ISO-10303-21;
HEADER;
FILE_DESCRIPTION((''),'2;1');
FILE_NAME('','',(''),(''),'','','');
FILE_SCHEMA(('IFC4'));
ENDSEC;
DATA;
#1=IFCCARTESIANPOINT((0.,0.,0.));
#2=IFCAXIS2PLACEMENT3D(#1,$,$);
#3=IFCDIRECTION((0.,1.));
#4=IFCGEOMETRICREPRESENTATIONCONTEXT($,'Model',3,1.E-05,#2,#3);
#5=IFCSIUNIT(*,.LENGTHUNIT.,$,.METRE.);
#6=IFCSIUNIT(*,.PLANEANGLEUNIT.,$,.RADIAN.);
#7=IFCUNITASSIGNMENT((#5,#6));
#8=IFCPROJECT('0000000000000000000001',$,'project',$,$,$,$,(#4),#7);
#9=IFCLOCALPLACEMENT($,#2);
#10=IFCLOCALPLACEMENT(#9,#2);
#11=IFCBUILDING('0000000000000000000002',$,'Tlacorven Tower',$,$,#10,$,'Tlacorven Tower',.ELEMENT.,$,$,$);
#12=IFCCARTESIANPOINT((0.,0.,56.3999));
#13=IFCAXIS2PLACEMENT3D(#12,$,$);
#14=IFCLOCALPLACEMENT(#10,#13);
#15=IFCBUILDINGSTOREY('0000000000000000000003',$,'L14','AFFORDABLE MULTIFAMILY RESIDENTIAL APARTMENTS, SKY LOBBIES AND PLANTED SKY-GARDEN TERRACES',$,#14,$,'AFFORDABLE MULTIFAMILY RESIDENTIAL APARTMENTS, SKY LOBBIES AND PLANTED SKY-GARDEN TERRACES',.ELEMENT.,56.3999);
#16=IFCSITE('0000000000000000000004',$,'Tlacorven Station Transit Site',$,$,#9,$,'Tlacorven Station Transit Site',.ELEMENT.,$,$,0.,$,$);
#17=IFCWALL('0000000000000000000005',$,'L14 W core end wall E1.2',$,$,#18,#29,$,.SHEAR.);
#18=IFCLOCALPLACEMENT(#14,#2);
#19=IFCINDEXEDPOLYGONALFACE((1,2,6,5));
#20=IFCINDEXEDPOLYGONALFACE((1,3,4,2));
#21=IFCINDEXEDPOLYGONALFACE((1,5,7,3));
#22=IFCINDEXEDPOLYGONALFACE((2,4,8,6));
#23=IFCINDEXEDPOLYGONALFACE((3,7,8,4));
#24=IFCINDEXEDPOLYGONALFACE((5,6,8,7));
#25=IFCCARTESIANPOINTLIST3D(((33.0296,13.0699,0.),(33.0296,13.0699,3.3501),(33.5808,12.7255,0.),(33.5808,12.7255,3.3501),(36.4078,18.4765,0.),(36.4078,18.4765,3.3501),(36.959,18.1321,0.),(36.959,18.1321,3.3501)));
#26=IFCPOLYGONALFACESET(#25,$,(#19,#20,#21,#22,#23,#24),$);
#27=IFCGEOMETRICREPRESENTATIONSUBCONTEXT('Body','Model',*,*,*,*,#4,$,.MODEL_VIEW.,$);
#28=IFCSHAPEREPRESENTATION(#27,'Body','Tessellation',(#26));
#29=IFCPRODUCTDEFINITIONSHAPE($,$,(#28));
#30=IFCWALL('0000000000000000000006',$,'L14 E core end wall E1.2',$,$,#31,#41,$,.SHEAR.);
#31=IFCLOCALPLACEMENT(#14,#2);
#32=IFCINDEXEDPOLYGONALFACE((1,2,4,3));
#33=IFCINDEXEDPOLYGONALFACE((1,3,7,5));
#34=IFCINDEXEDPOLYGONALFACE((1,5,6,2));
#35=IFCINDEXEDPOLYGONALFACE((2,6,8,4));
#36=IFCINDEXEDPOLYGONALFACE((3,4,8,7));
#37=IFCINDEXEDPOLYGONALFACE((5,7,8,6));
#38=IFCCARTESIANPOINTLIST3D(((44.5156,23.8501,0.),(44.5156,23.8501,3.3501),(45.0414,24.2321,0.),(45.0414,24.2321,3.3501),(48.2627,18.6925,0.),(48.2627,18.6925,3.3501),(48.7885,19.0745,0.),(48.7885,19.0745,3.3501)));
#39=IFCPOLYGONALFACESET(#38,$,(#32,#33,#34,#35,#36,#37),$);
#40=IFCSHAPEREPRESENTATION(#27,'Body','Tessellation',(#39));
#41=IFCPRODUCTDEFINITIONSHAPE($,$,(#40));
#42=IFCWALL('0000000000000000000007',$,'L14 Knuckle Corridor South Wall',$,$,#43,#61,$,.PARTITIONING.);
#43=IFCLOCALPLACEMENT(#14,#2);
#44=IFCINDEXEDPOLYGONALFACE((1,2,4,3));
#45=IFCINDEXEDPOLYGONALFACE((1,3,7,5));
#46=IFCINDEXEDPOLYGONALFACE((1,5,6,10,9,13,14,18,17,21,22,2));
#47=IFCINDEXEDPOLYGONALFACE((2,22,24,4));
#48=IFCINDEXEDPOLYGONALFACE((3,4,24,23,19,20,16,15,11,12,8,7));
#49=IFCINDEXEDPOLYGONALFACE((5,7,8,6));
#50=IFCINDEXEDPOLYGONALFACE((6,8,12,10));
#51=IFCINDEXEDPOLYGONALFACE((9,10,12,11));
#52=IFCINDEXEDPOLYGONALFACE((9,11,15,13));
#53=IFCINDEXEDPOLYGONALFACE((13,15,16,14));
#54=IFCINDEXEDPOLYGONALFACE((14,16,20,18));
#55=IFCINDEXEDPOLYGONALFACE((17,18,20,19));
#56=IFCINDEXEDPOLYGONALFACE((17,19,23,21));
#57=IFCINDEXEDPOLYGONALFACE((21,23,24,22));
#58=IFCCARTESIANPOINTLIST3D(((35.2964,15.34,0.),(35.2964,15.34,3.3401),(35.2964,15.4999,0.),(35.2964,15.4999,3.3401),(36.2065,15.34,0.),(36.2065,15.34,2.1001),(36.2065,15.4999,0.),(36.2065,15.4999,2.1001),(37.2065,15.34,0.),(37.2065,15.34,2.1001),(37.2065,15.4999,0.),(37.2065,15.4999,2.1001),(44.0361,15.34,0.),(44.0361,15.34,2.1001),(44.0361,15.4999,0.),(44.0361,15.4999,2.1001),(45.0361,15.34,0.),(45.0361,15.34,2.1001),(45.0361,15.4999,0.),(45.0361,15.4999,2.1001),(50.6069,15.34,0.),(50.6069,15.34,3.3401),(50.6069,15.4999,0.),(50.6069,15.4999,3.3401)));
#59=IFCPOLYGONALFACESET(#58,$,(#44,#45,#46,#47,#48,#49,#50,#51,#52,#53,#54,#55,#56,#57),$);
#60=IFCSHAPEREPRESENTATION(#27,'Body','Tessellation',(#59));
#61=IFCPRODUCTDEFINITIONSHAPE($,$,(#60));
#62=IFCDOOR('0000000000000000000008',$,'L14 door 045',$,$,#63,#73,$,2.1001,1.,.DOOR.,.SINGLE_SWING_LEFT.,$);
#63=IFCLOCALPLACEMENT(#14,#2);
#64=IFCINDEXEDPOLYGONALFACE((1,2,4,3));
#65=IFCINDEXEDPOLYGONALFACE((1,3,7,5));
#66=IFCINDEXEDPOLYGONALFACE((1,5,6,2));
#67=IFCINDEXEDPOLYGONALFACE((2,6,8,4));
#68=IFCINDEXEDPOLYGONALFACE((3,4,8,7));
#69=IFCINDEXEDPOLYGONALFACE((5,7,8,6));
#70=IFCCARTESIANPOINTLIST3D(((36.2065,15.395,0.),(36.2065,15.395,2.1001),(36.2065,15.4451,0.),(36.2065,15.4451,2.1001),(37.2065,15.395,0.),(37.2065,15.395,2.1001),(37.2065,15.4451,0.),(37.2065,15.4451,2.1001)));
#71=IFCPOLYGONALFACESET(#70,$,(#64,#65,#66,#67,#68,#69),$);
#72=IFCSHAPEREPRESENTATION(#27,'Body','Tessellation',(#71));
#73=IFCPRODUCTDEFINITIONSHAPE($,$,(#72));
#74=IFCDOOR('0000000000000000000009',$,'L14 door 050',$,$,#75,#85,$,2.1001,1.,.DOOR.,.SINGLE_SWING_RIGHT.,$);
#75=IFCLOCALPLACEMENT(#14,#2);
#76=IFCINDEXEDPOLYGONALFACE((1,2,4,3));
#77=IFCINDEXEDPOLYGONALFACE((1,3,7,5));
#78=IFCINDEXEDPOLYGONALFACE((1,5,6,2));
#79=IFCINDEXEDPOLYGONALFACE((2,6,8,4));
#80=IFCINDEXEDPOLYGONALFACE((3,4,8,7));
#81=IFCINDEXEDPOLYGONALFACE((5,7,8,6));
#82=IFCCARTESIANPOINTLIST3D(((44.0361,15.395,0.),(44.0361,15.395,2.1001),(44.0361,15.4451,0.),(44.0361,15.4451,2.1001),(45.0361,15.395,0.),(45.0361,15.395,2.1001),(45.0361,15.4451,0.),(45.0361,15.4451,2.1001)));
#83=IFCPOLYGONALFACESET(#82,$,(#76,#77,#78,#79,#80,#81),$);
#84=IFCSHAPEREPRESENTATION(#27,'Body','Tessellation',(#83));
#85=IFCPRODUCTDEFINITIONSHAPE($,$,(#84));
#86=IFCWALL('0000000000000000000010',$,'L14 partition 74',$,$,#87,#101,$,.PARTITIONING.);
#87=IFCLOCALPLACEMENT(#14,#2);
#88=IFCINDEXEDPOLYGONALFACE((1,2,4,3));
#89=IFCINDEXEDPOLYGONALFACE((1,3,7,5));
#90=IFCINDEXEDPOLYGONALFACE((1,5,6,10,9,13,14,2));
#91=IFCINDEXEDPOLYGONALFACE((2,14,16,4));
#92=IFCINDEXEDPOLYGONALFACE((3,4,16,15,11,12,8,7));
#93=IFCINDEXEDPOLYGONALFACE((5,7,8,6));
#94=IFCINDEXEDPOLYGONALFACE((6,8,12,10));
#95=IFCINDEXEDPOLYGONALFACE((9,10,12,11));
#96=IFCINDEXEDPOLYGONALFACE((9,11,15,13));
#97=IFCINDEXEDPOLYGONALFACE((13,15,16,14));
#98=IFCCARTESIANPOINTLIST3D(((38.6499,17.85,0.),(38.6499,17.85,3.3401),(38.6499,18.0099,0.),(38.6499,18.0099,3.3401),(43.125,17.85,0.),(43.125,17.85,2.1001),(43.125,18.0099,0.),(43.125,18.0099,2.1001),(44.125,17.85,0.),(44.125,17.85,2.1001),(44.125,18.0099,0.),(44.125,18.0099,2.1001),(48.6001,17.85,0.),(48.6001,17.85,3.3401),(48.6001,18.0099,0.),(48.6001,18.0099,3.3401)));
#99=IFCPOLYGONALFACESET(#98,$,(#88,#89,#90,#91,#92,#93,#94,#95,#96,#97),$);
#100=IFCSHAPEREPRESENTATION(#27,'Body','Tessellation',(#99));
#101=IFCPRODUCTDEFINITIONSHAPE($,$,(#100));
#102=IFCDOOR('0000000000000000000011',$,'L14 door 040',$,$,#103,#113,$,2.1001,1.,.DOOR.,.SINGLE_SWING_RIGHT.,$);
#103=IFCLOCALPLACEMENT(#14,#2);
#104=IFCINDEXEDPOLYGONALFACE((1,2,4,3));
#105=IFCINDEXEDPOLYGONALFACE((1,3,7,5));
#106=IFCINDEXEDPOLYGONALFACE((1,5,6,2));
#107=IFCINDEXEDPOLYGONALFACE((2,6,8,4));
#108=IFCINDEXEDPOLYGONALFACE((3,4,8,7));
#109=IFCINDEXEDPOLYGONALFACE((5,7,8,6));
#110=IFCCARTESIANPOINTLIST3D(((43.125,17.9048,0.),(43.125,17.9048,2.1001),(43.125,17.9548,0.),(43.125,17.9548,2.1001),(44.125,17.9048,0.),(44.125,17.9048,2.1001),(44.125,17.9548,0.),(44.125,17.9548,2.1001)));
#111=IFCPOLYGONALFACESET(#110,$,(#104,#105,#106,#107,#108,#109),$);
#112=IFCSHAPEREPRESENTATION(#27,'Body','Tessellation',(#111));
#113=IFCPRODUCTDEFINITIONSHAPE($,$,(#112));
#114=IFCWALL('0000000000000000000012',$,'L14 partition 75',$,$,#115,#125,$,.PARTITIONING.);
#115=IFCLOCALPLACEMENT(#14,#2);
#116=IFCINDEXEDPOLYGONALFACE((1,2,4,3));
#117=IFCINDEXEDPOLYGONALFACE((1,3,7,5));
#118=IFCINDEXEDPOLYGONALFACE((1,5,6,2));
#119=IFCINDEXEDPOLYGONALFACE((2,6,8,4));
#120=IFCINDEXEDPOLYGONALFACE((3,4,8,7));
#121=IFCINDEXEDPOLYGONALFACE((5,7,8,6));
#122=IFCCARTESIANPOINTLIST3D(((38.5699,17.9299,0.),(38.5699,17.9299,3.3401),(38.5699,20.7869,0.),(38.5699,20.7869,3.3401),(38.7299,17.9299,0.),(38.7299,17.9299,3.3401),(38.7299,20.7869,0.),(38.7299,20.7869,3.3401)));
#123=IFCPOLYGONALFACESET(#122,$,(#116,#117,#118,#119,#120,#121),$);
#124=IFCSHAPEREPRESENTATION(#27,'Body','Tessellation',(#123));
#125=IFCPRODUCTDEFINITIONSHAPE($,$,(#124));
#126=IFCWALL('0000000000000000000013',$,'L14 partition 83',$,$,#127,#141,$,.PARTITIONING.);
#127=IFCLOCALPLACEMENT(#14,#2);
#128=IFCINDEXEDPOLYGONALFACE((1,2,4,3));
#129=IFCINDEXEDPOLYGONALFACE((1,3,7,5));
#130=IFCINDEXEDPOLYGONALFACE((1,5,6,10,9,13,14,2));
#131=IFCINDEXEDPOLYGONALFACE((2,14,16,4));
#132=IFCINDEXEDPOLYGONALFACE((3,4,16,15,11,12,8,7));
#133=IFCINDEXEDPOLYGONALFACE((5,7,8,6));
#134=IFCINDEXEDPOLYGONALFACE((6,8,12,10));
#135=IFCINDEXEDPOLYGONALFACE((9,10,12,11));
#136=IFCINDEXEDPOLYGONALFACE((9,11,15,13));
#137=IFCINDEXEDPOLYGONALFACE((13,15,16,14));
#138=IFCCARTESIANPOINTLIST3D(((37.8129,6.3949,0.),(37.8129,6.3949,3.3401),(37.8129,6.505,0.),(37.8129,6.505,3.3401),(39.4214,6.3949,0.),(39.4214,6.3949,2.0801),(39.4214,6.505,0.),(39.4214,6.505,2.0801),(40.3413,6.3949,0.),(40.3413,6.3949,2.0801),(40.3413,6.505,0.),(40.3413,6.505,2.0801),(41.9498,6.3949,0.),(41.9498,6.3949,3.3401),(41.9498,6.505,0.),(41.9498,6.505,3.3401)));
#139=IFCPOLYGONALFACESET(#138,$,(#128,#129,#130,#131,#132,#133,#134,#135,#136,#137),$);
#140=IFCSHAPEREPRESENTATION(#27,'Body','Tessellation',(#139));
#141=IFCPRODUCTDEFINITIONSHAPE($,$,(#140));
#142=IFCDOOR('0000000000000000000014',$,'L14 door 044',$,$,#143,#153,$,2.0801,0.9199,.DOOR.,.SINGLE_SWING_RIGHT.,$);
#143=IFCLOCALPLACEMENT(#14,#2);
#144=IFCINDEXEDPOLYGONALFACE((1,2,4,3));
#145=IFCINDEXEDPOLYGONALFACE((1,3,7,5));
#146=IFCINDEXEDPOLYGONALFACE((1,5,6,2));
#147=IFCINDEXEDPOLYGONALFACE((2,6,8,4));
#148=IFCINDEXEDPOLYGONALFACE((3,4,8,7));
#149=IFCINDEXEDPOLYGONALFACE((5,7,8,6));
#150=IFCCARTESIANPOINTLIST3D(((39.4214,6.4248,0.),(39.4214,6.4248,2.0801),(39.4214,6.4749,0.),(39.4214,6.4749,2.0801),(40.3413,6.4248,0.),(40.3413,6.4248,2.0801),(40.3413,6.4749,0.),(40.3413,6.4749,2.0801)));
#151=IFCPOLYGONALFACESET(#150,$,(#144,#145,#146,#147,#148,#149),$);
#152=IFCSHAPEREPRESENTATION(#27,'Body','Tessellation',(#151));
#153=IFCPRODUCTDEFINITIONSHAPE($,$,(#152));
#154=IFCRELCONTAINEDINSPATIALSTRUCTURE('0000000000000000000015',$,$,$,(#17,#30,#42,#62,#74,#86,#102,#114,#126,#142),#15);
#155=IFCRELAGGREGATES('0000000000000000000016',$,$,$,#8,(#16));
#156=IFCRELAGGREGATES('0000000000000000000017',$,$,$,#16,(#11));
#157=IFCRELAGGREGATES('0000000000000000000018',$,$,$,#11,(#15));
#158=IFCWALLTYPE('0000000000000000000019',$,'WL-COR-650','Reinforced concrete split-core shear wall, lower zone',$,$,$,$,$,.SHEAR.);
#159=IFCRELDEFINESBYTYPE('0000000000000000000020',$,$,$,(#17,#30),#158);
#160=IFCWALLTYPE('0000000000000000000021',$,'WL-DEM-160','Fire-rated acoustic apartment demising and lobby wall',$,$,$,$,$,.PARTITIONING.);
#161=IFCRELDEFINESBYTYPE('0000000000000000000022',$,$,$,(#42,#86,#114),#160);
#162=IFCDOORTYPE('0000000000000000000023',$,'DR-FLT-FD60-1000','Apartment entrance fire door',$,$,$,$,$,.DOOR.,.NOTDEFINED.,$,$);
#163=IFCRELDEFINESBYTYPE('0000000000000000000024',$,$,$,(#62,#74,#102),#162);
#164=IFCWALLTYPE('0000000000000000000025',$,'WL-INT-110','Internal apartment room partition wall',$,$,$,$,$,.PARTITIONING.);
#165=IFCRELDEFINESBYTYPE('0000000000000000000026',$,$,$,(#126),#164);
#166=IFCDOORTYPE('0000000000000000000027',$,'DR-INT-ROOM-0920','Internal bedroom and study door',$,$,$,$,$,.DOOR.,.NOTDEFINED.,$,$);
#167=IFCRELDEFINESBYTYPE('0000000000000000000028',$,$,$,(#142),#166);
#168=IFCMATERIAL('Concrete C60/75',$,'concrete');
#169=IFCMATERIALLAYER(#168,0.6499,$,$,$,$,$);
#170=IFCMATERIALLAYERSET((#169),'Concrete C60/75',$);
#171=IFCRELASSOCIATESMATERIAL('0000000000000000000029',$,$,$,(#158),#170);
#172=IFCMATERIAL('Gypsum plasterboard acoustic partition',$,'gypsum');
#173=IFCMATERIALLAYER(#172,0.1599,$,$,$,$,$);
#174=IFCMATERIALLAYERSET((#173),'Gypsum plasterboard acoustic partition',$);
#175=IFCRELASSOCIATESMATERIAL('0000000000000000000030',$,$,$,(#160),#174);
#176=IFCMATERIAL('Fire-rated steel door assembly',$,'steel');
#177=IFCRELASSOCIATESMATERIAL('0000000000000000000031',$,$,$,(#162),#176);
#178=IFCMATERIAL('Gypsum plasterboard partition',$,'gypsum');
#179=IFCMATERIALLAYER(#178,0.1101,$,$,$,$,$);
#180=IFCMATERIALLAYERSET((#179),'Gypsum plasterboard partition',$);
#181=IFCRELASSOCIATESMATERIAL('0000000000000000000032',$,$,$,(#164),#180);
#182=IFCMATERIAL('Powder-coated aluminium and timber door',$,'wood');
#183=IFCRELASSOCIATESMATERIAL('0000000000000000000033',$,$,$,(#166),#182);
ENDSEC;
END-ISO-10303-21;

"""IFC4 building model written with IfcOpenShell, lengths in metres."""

from ifc_helpers import new_model, si_unit, direction, frame, frame_2d, origin, place, context, subcontext, project, spatial, rectangle, extrude, source, transform, mapped, material, layer, layer_set, type_object, element, fill, save


model = new_model("IFC4")

# Units and contexts
model_context = context("Model", 3, precision=1e-05, world=origin(), true_north=direction((0.0, 1.0)))
body_context = subcontext(model_context, "Body", "Model", "MODEL_VIEW")
ifc_project = project(units=[si_unit("LENGTHUNIT", "METRE"), si_unit("PLANEANGLEUNIT", "RADIAN")], contexts=[model_context])

# Site, building, storey
site_placement = place(None, origin())
site = spatial("IfcSite", under=ifc_project, at=site_placement, Name="Tlacorven Station Transit Site", LongName="Tlacorven Station Transit Site", CompositionType="ELEMENT", RefElevation=0.0)
building_placement = place(site_placement, origin())
building = spatial("IfcBuilding", under=site, at=building_placement, Name="Tlacorven Tower", LongName="Tlacorven Tower", CompositionType="ELEMENT")
storey_placement = place(building_placement, frame((0.0, 0.0, 56.3999)))
storey = spatial("IfcBuildingStorey", under=building, at=storey_placement, Name="L14", Description="AFFORDABLE MULTIFAMILY RESIDENTIAL APARTMENTS, SKY LOBBIES AND PLANTED SKY-GARDEN TERRACES", LongName="AFFORDABLE MULTIFAMILY RESIDENTIAL APARTMENTS, SKY LOBBIES AND PLANTED SKY-GARDEN TERRACES", CompositionType="ELEMENT", Elevation=56.3999)

# Walls
ifc_material_1 = material(Name="Concrete C60/75", Category="concrete")
ifc_layer_1 = layer(ifc_material_1, 0.6499)
ifc_layer_set_1 = layer_set([ifc_layer_1], Name="Concrete C60/75")
wall_type_1 = type_object("IfcWallType", Name="WL-COR-650", Description="Reinforced concrete split-core shear wall, lower zone", PredefinedType="SHEAR", material=ifc_layer_set_1)
wall_1_placement = place(storey_placement, frame((36.6833, 18.3042, 0.0), z_axis=(0.0, 0.0, 1.0), x_axis=(-0.529899, -0.848061, 0.0)))
element("IfcWall", 1, at=wall_1_placement, inside=storey, type_object=wall_type_1, Name="L14 W core end wall E1.2", PredefinedType="SHEAR", context=body_context, shape_type="SweptSolid", body=[
    extrude(rectangle(XDim=6.3752, YDim=0.6499, at=frame_2d((3.1875, 0.0))), origin(), (0.0, 0.0, 1.0), 3.3501),
])
wall_2_placement = place(storey_placement, frame((48.5256, 18.8835, 0.0), z_axis=(0.0, 0.0, 1.0), x_axis=(-0.58778, 0.809021, 0.0)))
element("IfcWall", 2, at=wall_2_placement, inside=storey, type_object=wall_type_1, Name="L14 E core end wall E1.2", PredefinedType="SHEAR", context=body_context, shape_type="SweptSolid", body=[
    extrude(rectangle(XDim=6.375, YDim=0.6499, at=frame_2d((3.1875, 0.0))), origin(), (0.0, 0.0, 1.0), 3.3501),
])

# Wall, openings, doors
ifc_material_2 = material(Name="Gypsum plasterboard acoustic partition", Category="gypsum")
ifc_layer_2 = layer(ifc_material_2, 0.1599)
ifc_layer_set_2 = layer_set([ifc_layer_2], Name="Gypsum plasterboard acoustic partition")
wall_type_2 = type_object("IfcWallType", Name="WL-DEM-160", Description="Fire-rated acoustic apartment demising and lobby wall", PredefinedType="PARTITIONING", material=ifc_layer_set_2)
wall_3_placement = place(storey_placement, frame((35.2964, 15.4199, 0.0), z_axis=(0.0, 0.0, 1.0), x_axis=(1.0, 0.0, 0.0)))
wall_3 = element("IfcWall", 3, at=wall_3_placement, inside=storey, type_object=wall_type_2, Name="L14 Knuckle Corridor South Wall", PredefinedType="PARTITIONING", context=body_context, shape_type="SweptSolid", body=[
    extrude(rectangle(XDim=15.3105, YDim=0.1599, at=frame_2d((7.6553, 0.0))), origin(), (0.0, 0.0, 1.0), 3.3401),
])
opening_1_placement = place(wall_3_placement, frame((0.9102, 0.0, 0.0)))
opening_1 = element("IfcOpeningElement", 4, at=opening_1_placement, cuts=wall_3, PredefinedType="OPENING", context=body_context, shape_type="SweptSolid", body=[
    extrude(rectangle(XDim=1.0, YDim=2.1001, at=frame_2d((0.5, 1.05))), frame((0.0, 0.0898, 0.0), z_axis=(0.0, -1.0, 0.0), x_axis=(1.0, 0.0, 0.0)), (0.0, 0.0, 1.0), 0.1799),
])
opening_2_placement = place(wall_3_placement, frame((8.7397, 0.0, 0.0)))
opening_2 = element("IfcOpeningElement", 5, at=opening_2_placement, cuts=wall_3, PredefinedType="OPENING", context=body_context, shape_type="SweptSolid", body=[
    extrude(rectangle(XDim=1.0, YDim=2.1001, at=frame_2d((0.5, 1.05))), frame((0.0, 0.0898, 0.0), z_axis=(0.0, -1.0, 0.0), x_axis=(1.0, 0.0, 0.0)), (0.0, 0.0, 1.0), 0.1799),
])
ifc_material_3 = material(Name="Fire-rated steel door assembly", Category="steel")
door_type_1 = type_object("IfcDoorType", Name="DR-FLT-FD60-1000", Description="Apartment entrance fire door", OperationType="NOTDEFINED", PredefinedType="DOOR", material=ifc_material_3)
shared_shape_1 = source(origin(), body_context, "Body", "SweptSolid", [
    extrude(rectangle(XDim=1.0, YDim=2.1001, at=frame_2d((0.5, 1.05))), frame((0.0, 0.0249, 0.0), z_axis=(0.0, -1.0, 0.0), x_axis=(1.0, 0.0, 0.0)), (0.0, 0.0, 1.0), 0.05),
])
door_1_placement = place(opening_1_placement, frame((1.0, 0.0, 0.0), z_axis=(0.0, 0.0, 1.0), x_axis=(-1.0, 0.0, 0.0)))
door_1 = element("IfcDoor", 6, at=door_1_placement, inside=storey, type_object=door_type_1, Name="L14 door 045", OperationType="SINGLE_SWING_LEFT", OverallHeight=2.1001, OverallWidth=1.0, PredefinedType="DOOR", context=body_context, shape_type="MappedRepresentation", body=[
    mapped(shared_shape_1, transform((0.0, 0.0, 0.0), scale=1.0)),
])
fill(opening_1, door_1)
door_2_placement = place(opening_2_placement, frame((1.0, 0.0, 0.0), z_axis=(0.0, 0.0, 1.0), x_axis=(-1.0, 0.0, 0.0)))
door_2 = element("IfcDoor", 7, at=door_2_placement, inside=storey, type_object=door_type_1, Name="L14 door 050", OperationType="SINGLE_SWING_RIGHT", OverallHeight=2.1001, OverallWidth=1.0, PredefinedType="DOOR", context=body_context, shape_type="MappedRepresentation", body=[
    mapped(shared_shape_1, transform((0.0, 0.0, 0.0), scale=1.0)),
])
fill(opening_2, door_2)

# Wall, opening, door
wall_4_placement = place(storey_placement, frame((38.6499, 17.9299, 0.0), z_axis=(0.0, 0.0, 1.0), x_axis=(1.0, 0.0, 0.0)))
wall_4 = element("IfcWall", 8, at=wall_4_placement, inside=storey, type_object=wall_type_2, Name="L14 partition 74", PredefinedType="PARTITIONING", context=body_context, shape_type="SweptSolid", body=[
    extrude(rectangle(XDim=9.9502, YDim=0.1599, at=frame_2d((4.9751, 0.0))), origin(), (0.0, 0.0, 1.0), 3.3401),
])
opening_3_placement = place(wall_4_placement, frame((4.4751, 0.0, 0.0)))
opening_3 = element("IfcOpeningElement", 9, at=opening_3_placement, cuts=wall_4, PredefinedType="OPENING", context=body_context, shape_type="SweptSolid", body=[
    extrude(rectangle(XDim=1.0, YDim=2.1001, at=frame_2d((0.5, 1.05))), frame((0.0, 0.0898, 0.0), z_axis=(0.0, -1.0, 0.0), x_axis=(1.0, 0.0, 0.0)), (0.0, 0.0, 1.0), 0.1799),
])
door_3_placement = place(opening_3_placement, origin())
door_3 = element("IfcDoor", 10, at=door_3_placement, inside=storey, type_object=door_type_1, Name="L14 door 040", OperationType="SINGLE_SWING_RIGHT", OverallHeight=2.1001, OverallWidth=1.0, PredefinedType="DOOR", context=body_context, shape_type="MappedRepresentation", body=[
    mapped(shared_shape_1, transform((0.0, 0.0, 0.0), scale=1.0)),
])
fill(opening_3, door_3)

# Wall
wall_5_placement = place(storey_placement, frame((38.6499, 17.9299, 0.0), z_axis=(0.0, 0.0, 1.0), x_axis=(0.0, 1.0, 0.0)))
element("IfcWall", 11, at=wall_5_placement, inside=storey, type_object=wall_type_2, Name="L14 partition 75", PredefinedType="PARTITIONING", context=body_context, shape_type="SweptSolid", body=[
    extrude(rectangle(XDim=2.8569, YDim=0.1599, at=frame_2d((1.4285, 0.0))), origin(), (0.0, 0.0, 1.0), 3.3401),
])

# Wall, opening, door
ifc_material_4 = material(Name="Gypsum plasterboard partition", Category="gypsum")
ifc_layer_3 = layer(ifc_material_4, 0.1101)
ifc_layer_set_3 = layer_set([ifc_layer_3], Name="Gypsum plasterboard partition")
wall_type_3 = type_object("IfcWallType", Name="WL-INT-110", Description="Internal apartment room partition wall", PredefinedType="PARTITIONING", material=ifc_layer_set_3)
wall_6_placement = place(storey_placement, frame((37.813, 6.45, 0.0), z_axis=(0.0, 0.0, 1.0), x_axis=(1.0, 0.0, 0.0)))
wall_6 = element("IfcWall", 12, at=wall_6_placement, inside=storey, type_object=wall_type_3, Name="L14 partition 83", PredefinedType="PARTITIONING", context=body_context, shape_type="SweptSolid", body=[
    extrude(rectangle(XDim=4.137, YDim=0.1101, at=frame_2d((2.0684, 0.0))), origin(), (0.0, 0.0, 1.0), 3.3401),
])
opening_4_placement = place(wall_6_placement, frame((1.6084, 0.0, 0.0)))
opening_4 = element("IfcOpeningElement", 13, at=opening_4_placement, cuts=wall_6, PredefinedType="OPENING", context=body_context, shape_type="SweptSolid", body=[
    extrude(rectangle(XDim=0.9199, YDim=2.0801, at=frame_2d((0.46, 1.04))), frame((0.0, 0.0649, 0.0), z_axis=(0.0, -1.0, 0.0), x_axis=(1.0, 0.0, 0.0)), (0.0, 0.0, 1.0), 0.1301),
])
ifc_material_5 = material(Name="Powder-coated aluminium and timber door", Category="wood")
door_type_2 = type_object("IfcDoorType", Name="DR-INT-ROOM-0920", Description="Internal bedroom and study door", OperationType="NOTDEFINED", PredefinedType="DOOR", material=ifc_material_5)
shared_shape_2 = source(origin(), body_context, "Body", "SweptSolid", [
    extrude(rectangle(XDim=0.9199, YDim=2.0801, at=frame_2d((0.46, 1.04))), frame((0.0, 0.0249, 0.0), z_axis=(0.0, -1.0, 0.0), x_axis=(1.0, 0.0, 0.0)), (0.0, 0.0, 1.0), 0.05),
])
door_4_placement = place(opening_4_placement, origin())
door_4 = element("IfcDoor", 14, at=door_4_placement, inside=storey, type_object=door_type_2, Name="L14 door 044", OperationType="SINGLE_SWING_RIGHT", OverallHeight=2.0801, OverallWidth=0.9199, PredefinedType="DOOR", context=body_context, shape_type="MappedRepresentation", body=[
    mapped(shared_shape_2, transform((0.0, 0.0, 0.0), scale=1.0)),
])
fill(opening_4, door_4)

save(model, "model.ifc")
